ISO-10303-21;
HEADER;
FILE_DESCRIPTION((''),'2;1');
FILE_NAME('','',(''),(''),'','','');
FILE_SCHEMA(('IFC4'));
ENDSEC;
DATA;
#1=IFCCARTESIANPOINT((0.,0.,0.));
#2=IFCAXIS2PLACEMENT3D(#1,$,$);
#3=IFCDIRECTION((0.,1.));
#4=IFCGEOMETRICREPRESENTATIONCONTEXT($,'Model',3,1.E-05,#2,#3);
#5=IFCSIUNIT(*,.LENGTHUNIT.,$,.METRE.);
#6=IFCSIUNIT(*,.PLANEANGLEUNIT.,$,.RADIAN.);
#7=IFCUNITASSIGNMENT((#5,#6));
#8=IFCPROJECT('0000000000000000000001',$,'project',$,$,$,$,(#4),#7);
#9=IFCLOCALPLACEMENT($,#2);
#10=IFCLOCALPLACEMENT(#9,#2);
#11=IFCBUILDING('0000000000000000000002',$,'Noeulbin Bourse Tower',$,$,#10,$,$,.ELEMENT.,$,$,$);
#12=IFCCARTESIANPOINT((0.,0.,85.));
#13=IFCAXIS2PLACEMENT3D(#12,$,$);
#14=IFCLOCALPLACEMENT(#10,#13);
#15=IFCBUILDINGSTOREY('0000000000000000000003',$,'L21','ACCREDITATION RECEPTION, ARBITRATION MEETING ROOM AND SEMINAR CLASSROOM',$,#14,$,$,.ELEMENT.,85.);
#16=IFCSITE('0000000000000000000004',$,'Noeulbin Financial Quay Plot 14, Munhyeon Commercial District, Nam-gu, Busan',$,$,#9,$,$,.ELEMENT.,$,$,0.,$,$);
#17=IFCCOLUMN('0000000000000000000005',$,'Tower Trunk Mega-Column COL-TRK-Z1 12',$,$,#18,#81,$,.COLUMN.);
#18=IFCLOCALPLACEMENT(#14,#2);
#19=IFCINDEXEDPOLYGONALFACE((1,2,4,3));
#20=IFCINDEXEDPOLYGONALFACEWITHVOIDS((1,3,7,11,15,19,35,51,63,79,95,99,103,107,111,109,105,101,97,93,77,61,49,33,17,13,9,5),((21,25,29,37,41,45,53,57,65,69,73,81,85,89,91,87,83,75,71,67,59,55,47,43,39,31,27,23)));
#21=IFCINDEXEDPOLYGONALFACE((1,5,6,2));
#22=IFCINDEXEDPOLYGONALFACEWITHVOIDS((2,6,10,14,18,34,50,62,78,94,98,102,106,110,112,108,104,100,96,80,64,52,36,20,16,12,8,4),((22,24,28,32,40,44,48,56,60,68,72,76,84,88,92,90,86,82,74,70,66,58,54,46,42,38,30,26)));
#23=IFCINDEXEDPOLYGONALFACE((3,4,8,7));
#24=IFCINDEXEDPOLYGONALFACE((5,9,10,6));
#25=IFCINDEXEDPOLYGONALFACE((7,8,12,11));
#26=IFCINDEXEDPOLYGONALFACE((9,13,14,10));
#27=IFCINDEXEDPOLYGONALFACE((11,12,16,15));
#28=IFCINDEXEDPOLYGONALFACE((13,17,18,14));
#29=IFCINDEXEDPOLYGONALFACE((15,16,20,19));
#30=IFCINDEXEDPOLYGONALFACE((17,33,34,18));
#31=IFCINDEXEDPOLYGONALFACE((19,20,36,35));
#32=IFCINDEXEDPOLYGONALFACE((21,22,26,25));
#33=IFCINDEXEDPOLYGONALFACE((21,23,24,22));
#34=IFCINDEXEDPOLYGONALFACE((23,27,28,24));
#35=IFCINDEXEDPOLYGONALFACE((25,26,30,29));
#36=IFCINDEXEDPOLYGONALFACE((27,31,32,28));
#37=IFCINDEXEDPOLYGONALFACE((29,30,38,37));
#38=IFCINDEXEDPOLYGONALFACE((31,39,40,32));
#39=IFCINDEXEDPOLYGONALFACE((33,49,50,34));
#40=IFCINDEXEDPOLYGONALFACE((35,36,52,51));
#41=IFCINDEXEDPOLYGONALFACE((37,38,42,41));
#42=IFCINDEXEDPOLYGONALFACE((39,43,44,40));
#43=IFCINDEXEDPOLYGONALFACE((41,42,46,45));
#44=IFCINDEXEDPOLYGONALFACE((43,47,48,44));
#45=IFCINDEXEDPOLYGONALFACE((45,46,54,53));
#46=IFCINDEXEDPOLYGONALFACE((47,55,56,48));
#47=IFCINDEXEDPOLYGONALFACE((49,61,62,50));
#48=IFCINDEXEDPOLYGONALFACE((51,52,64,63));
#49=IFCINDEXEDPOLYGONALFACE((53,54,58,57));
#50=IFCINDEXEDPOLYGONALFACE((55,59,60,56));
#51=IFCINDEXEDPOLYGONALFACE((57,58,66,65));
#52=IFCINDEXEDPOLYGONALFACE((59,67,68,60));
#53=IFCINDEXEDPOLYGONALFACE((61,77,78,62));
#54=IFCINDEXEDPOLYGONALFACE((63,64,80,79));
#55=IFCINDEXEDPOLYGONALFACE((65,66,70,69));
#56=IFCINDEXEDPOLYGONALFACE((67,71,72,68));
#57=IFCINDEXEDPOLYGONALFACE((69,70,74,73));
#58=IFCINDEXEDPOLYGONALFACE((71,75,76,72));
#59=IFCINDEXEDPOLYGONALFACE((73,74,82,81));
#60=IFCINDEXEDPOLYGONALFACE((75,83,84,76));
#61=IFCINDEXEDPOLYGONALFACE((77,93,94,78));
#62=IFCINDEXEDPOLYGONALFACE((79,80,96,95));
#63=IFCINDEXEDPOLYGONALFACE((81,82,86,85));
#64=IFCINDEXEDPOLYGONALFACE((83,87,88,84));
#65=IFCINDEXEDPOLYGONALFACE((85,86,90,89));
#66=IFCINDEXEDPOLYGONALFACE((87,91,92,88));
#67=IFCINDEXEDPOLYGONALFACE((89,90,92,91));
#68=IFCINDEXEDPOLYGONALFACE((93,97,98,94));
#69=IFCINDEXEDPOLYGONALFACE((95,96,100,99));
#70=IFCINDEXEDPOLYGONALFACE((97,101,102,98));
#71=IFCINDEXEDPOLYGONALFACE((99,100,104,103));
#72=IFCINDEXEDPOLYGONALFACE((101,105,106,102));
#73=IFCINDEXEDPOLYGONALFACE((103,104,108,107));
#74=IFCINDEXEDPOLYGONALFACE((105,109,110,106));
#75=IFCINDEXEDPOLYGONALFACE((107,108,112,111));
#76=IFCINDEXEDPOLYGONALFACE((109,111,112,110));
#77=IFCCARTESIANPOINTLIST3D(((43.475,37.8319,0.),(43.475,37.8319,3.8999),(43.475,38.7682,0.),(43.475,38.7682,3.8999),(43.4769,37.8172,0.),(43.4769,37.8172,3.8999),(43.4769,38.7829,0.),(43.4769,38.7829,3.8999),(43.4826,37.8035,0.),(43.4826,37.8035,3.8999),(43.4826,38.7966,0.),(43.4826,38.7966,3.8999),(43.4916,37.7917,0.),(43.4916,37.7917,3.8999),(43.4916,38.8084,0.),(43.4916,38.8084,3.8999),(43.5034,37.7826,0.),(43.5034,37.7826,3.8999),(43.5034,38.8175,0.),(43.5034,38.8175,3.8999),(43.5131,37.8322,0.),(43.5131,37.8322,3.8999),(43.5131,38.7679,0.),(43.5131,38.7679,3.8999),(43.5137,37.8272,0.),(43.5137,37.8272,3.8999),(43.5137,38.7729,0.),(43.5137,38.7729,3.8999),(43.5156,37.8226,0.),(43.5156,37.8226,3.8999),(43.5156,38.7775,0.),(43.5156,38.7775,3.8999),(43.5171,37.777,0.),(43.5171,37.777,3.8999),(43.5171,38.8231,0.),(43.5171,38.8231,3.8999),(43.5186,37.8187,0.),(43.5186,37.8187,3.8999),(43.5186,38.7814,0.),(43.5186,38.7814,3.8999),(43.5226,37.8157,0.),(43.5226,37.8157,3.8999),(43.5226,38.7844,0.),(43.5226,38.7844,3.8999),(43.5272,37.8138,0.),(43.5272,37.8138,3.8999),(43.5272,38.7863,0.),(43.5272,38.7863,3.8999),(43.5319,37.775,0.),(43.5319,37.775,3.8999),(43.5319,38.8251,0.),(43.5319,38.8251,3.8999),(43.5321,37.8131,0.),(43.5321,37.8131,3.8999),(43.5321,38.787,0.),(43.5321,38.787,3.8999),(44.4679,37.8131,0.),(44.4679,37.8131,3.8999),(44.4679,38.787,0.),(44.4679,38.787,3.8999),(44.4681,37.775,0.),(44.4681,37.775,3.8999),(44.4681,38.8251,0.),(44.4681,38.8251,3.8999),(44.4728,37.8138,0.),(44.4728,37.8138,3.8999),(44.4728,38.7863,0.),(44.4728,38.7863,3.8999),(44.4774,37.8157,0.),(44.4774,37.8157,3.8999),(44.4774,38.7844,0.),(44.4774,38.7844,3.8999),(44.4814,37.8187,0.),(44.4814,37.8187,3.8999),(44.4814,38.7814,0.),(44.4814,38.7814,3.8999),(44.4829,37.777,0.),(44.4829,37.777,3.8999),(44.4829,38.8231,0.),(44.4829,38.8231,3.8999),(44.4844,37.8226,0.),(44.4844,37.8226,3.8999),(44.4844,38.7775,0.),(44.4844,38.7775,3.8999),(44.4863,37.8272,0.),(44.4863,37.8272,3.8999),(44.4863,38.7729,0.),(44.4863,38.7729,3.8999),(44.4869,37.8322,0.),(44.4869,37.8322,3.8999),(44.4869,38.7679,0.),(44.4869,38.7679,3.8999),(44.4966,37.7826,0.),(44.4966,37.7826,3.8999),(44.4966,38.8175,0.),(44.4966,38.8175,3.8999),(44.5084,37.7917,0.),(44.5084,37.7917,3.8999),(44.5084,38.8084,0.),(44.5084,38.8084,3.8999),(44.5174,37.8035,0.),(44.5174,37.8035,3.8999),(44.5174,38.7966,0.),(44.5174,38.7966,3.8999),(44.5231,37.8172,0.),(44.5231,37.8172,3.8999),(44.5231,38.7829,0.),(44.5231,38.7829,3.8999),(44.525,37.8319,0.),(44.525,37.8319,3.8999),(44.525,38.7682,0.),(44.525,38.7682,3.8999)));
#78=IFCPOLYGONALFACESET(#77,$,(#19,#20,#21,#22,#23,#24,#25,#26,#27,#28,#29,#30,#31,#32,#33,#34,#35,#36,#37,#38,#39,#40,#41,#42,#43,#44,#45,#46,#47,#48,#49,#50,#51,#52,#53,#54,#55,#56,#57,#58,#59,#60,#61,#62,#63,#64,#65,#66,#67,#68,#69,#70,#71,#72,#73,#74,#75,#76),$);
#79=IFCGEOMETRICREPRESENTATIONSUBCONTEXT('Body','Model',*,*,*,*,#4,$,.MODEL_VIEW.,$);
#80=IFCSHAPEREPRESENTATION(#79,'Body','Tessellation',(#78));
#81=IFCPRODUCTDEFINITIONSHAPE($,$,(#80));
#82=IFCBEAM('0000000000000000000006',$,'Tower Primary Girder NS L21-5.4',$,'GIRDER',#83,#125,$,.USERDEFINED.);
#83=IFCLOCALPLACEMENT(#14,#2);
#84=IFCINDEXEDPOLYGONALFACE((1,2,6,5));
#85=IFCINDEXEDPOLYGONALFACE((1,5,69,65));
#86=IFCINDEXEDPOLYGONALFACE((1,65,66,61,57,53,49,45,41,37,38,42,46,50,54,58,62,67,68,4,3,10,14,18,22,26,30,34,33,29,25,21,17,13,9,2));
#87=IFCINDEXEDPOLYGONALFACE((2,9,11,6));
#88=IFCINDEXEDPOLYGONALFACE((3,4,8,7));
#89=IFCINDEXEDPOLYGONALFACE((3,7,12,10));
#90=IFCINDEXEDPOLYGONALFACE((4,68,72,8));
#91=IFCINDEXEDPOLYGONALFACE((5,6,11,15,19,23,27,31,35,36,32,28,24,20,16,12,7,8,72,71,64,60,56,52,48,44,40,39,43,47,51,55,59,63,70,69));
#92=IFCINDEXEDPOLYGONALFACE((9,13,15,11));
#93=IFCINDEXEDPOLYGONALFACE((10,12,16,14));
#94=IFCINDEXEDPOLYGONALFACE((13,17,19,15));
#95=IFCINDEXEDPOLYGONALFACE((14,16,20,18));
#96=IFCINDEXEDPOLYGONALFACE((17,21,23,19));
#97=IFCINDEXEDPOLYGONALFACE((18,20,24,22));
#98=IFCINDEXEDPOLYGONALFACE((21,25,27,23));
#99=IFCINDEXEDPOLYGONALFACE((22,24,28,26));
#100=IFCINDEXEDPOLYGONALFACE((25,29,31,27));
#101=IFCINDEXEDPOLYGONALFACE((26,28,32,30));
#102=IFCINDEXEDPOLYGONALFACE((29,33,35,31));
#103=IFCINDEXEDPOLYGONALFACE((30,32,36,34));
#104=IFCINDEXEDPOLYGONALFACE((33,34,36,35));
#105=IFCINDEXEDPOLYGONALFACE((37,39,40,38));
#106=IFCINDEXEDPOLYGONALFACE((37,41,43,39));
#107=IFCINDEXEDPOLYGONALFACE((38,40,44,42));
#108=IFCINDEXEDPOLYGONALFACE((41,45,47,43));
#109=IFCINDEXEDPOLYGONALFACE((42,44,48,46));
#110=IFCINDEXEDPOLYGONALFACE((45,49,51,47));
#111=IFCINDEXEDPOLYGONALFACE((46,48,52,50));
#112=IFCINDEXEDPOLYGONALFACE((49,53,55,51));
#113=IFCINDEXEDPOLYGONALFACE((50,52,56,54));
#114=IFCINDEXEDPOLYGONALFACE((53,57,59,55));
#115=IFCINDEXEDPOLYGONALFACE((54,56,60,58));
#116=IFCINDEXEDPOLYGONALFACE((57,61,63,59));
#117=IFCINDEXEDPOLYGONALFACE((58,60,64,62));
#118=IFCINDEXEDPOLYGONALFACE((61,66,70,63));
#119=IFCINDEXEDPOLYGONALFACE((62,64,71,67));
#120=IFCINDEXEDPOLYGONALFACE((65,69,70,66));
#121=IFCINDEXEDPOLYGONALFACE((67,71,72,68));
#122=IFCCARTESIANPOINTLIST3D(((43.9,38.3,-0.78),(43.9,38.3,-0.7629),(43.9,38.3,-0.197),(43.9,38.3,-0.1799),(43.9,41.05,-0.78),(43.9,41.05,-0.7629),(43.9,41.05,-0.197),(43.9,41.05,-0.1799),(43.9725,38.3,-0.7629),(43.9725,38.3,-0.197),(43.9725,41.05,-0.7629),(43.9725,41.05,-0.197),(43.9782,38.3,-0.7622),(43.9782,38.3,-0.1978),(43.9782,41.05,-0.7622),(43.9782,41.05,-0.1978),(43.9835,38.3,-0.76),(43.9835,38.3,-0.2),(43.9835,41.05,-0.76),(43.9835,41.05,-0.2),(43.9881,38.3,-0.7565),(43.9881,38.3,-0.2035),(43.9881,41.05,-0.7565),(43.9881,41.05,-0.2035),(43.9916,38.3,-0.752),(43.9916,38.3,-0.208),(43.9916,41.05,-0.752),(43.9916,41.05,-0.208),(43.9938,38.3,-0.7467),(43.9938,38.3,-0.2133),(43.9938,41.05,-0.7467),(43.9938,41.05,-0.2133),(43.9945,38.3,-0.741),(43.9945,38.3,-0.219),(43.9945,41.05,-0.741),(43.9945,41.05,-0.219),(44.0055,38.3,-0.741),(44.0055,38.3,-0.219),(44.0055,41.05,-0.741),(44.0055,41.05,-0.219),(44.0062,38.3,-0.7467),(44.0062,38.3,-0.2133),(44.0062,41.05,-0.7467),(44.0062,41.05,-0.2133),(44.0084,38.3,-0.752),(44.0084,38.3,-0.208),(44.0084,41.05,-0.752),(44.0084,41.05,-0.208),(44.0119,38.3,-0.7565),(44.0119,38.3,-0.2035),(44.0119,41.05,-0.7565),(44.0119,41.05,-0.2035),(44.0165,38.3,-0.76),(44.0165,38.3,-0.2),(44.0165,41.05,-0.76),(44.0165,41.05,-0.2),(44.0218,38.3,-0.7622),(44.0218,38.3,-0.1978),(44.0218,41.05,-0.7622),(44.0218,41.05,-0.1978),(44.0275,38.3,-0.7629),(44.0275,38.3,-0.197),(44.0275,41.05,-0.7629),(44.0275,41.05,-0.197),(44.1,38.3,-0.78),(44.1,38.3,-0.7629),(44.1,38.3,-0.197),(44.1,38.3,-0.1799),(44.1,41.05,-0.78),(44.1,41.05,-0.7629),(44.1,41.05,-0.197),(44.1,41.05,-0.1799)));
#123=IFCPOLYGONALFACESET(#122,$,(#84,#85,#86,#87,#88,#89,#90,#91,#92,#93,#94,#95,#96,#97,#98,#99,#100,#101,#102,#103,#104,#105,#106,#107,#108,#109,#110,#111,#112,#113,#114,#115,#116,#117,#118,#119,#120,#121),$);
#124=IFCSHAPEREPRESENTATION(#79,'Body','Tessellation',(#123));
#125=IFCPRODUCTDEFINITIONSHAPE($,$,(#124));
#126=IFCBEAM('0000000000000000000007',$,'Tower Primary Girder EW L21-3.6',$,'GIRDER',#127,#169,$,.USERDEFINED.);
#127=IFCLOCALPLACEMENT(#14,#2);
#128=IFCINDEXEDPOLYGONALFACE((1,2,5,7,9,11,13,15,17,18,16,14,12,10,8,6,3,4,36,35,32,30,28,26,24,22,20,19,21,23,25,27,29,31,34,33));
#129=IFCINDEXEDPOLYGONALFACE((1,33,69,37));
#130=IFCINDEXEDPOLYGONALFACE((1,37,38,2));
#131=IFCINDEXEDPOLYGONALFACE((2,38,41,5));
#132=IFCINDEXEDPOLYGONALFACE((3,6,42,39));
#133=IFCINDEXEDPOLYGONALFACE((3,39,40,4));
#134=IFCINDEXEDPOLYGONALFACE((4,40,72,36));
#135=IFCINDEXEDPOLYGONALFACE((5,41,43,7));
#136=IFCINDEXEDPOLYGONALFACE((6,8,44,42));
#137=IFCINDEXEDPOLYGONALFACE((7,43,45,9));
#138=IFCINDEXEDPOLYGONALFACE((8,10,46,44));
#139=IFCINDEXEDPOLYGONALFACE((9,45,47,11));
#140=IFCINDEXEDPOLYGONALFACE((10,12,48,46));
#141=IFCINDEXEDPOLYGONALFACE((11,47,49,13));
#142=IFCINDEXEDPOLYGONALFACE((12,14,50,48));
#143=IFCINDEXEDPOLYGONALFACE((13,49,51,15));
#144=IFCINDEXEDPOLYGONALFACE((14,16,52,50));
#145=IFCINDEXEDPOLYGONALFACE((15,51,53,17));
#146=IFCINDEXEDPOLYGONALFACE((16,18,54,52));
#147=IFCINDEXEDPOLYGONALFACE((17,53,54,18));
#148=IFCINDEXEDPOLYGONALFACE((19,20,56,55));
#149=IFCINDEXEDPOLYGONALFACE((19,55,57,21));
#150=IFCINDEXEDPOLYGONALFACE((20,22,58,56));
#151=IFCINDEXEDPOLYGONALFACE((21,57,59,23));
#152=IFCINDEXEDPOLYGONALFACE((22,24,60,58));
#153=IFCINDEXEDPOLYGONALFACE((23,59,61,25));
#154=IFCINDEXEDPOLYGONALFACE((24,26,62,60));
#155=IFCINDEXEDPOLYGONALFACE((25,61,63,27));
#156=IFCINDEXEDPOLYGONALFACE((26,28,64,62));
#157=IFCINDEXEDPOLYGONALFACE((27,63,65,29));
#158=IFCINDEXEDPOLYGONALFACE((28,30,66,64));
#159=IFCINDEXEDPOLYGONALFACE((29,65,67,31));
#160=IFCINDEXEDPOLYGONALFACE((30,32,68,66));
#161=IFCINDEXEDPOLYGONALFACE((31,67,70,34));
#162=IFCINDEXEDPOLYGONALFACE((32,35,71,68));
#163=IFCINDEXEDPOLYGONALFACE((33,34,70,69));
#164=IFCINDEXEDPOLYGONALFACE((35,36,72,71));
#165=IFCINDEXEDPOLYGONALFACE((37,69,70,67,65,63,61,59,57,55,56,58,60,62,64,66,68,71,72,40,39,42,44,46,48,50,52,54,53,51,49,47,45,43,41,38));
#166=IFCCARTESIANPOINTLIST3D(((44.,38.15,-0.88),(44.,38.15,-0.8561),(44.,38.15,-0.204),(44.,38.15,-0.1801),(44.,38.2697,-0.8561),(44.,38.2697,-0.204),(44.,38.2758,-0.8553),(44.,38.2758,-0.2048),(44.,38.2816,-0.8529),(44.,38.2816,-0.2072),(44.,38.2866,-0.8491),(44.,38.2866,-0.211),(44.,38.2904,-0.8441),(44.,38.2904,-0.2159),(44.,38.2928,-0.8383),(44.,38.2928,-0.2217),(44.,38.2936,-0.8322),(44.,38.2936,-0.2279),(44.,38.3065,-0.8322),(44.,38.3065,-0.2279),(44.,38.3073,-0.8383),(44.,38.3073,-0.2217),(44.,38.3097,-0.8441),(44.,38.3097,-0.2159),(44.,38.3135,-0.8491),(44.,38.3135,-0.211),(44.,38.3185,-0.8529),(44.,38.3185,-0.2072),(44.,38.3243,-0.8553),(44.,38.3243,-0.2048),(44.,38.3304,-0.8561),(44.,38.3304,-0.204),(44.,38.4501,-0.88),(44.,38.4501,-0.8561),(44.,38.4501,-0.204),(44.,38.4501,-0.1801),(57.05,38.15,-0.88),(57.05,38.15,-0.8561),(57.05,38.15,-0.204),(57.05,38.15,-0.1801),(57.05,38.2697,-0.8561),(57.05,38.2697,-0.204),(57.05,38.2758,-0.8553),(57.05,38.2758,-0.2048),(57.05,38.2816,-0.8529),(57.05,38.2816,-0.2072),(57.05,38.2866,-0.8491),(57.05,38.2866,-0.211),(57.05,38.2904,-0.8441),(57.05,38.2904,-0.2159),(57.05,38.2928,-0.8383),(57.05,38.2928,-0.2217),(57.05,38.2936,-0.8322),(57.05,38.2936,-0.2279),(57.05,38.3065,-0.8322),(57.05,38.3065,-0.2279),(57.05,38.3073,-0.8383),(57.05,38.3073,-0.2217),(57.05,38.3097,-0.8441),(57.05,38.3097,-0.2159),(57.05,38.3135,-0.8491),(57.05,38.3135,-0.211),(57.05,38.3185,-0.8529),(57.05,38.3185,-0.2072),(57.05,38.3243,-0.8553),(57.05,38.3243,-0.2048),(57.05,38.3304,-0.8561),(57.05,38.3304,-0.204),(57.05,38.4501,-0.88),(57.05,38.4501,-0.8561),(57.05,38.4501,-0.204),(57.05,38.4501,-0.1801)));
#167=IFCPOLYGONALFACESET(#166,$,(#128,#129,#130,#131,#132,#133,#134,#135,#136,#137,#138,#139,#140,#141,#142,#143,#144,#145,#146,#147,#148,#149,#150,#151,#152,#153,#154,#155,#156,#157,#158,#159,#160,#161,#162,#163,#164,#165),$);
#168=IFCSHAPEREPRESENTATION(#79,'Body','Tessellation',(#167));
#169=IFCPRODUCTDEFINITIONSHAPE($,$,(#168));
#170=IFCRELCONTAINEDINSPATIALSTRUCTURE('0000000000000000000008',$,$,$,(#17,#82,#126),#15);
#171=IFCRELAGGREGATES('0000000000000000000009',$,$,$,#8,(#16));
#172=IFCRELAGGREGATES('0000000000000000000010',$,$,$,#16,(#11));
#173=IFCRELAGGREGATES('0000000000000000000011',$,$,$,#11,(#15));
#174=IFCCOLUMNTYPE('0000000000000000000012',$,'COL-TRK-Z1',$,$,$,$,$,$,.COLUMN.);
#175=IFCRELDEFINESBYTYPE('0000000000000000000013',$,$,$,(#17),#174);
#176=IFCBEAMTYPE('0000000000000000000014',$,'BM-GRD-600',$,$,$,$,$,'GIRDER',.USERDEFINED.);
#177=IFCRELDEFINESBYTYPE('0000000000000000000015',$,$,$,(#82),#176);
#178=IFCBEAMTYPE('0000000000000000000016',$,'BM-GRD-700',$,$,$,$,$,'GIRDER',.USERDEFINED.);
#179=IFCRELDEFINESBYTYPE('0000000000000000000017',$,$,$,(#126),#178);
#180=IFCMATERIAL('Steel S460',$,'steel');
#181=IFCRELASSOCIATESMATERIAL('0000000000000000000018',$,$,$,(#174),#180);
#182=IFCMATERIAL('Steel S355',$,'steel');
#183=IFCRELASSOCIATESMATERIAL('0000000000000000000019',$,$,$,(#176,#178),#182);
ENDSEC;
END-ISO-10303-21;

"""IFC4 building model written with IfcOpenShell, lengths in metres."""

from ifc_helpers import new_model, si_unit, direction, frame, origin, origin_2d, place, context, subcontext, project, spatial, hollow_rectangle, i_section, extrude, material, material_profile, profile_set, type_object, element, save


model = new_model("IFC4")

# Units and contexts
model_context = context("Model", 3, precision=1e-05, world=origin(), true_north=direction((0.0, 1.0)))
body_context = subcontext(model_context, "Body", "Model", "MODEL_VIEW")
ifc_project = project(units=[si_unit("LENGTHUNIT", "METRE"), si_unit("PLANEANGLEUNIT", "RADIAN")], contexts=[model_context])

# Site, building, storey
site_placement = place(None, origin())
site = spatial("IfcSite", under=ifc_project, at=site_placement, Name="Noeulbin Financial Quay Plot 14, Munhyeon Commercial District, Nam-gu, Busan", CompositionType="ELEMENT", RefElevation=0.0)
building_placement = place(site_placement, origin())
building = spatial("IfcBuilding", under=site, at=building_placement, Name="Noeulbin Bourse Tower", CompositionType="ELEMENT")
storey_placement = place(building_placement, frame((0.0, 0.0, 85.0)))
storey = spatial("IfcBuildingStorey", under=building, at=storey_placement, Name="L21", Description="ACCREDITATION RECEPTION, ARBITRATION MEETING ROOM AND SEMINAR CLASSROOM", CompositionType="ELEMENT", Elevation=85.0)

# Column
ifc_material_1 = material(Name="Steel S460", Category="steel")
ifc_material_profile_1 = material_profile(ifc_material_1, hollow_rectangle(XDim=1.05, YDim=1.05, WallThickness=0.0381, InnerFilletRadius=0.019, OuterFilletRadius=0.0569, at=origin_2d()), Name="BOX-1050x1050x38", Category="LoadBearing")
ifc_profile_set_1 = profile_set([ifc_material_profile_1], Name="Steel S460")
column_type_1 = type_object("IfcColumnType", Name="COL-TRK-Z1", PredefinedType="COLUMN", material=ifc_profile_set_1)
column_placement = place(storey_placement, frame((44.0, 38.3, 0.0), z_axis=(0.0, 0.0, 1.0), x_axis=(1.0, 0.0, 0.0)))
element("IfcColumn", 1, at=column_placement, inside=storey, type_object=column_type_1, Name="Tower Trunk Mega-Column COL-TRK-Z1 12", PredefinedType="COLUMN", context=body_context, shape_type="SweptSolid", body=[
    extrude(hollow_rectangle(XDim=1.05, YDim=1.05, WallThickness=0.0381, InnerFilletRadius=0.019, OuterFilletRadius=0.0569, at=origin_2d()), origin(), (0.0, 0.0, 1.0), 3.8999),
])

# Beams
ifc_material_2 = material(Name="Steel S355", Category="steel")
ifc_material_profile_2 = material_profile(ifc_material_2, i_section(OverallWidth=0.2, OverallDepth=0.6001, WebThickness=0.011, FlangeThickness=0.0171, FilletRadius=0.022, at=origin_2d()), Name="H-600x200x11x17", Category="LoadBearing")
ifc_profile_set_2 = profile_set([ifc_material_profile_2], Name="Steel S355")
beam_type_1 = type_object("IfcBeamType", Name="BM-GRD-600", ElementType="GIRDER", PredefinedType="USERDEFINED", material=ifc_profile_set_2)
beam_1_placement = place(storey_placement, frame((44.0, 38.3, -0.48), z_axis=(0.0, 1.0, 0.0), x_axis=(-1.0, 0.0, 0.0)))
element("IfcBeam", 2, at=beam_1_placement, inside=storey, type_object=beam_type_1, Name="Tower Primary Girder NS L21-5.4", ObjectType="GIRDER", PredefinedType="USERDEFINED", context=body_context, shape_type="SweptSolid", body=[
    extrude(i_section(OverallWidth=0.2, OverallDepth=0.6001, WebThickness=0.011, FlangeThickness=0.0171, FilletRadius=0.022, at=origin_2d()), origin(), (0.0, 0.0, 1.0), 2.75),
])
ifc_material_profile_3 = material_profile(ifc_material_2, i_section(OverallWidth=0.3, OverallDepth=0.7, WebThickness=0.0129, FlangeThickness=0.0239, FilletRadius=0.0239, at=origin_2d()), Name="H-700x300x13x24", Category="LoadBearing")
ifc_profile_set_3 = profile_set([ifc_material_profile_3], Name="Steel S355")
beam_type_2 = type_object("IfcBeamType", Name="BM-GRD-700", ElementType="GIRDER", PredefinedType="USERDEFINED", material=ifc_profile_set_3)
beam_2_placement = place(storey_placement, frame((44.0, 38.3, -0.53), z_axis=(1.0, 0.0, 0.0), x_axis=(0.0, 1.0, 0.0)))
element("IfcBeam", 3, at=beam_2_placement, inside=storey, type_object=beam_type_2, Name="Tower Primary Girder EW L21-3.6", ObjectType="GIRDER", PredefinedType="USERDEFINED", context=body_context, shape_type="SweptSolid", body=[
    extrude(i_section(OverallWidth=0.3, OverallDepth=0.7, WebThickness=0.0129, FlangeThickness=0.0239, FilletRadius=0.0239, at=origin_2d()), origin(), (0.0, 0.0, 1.0), 13.05),
])

save(model, "model.ifc")
